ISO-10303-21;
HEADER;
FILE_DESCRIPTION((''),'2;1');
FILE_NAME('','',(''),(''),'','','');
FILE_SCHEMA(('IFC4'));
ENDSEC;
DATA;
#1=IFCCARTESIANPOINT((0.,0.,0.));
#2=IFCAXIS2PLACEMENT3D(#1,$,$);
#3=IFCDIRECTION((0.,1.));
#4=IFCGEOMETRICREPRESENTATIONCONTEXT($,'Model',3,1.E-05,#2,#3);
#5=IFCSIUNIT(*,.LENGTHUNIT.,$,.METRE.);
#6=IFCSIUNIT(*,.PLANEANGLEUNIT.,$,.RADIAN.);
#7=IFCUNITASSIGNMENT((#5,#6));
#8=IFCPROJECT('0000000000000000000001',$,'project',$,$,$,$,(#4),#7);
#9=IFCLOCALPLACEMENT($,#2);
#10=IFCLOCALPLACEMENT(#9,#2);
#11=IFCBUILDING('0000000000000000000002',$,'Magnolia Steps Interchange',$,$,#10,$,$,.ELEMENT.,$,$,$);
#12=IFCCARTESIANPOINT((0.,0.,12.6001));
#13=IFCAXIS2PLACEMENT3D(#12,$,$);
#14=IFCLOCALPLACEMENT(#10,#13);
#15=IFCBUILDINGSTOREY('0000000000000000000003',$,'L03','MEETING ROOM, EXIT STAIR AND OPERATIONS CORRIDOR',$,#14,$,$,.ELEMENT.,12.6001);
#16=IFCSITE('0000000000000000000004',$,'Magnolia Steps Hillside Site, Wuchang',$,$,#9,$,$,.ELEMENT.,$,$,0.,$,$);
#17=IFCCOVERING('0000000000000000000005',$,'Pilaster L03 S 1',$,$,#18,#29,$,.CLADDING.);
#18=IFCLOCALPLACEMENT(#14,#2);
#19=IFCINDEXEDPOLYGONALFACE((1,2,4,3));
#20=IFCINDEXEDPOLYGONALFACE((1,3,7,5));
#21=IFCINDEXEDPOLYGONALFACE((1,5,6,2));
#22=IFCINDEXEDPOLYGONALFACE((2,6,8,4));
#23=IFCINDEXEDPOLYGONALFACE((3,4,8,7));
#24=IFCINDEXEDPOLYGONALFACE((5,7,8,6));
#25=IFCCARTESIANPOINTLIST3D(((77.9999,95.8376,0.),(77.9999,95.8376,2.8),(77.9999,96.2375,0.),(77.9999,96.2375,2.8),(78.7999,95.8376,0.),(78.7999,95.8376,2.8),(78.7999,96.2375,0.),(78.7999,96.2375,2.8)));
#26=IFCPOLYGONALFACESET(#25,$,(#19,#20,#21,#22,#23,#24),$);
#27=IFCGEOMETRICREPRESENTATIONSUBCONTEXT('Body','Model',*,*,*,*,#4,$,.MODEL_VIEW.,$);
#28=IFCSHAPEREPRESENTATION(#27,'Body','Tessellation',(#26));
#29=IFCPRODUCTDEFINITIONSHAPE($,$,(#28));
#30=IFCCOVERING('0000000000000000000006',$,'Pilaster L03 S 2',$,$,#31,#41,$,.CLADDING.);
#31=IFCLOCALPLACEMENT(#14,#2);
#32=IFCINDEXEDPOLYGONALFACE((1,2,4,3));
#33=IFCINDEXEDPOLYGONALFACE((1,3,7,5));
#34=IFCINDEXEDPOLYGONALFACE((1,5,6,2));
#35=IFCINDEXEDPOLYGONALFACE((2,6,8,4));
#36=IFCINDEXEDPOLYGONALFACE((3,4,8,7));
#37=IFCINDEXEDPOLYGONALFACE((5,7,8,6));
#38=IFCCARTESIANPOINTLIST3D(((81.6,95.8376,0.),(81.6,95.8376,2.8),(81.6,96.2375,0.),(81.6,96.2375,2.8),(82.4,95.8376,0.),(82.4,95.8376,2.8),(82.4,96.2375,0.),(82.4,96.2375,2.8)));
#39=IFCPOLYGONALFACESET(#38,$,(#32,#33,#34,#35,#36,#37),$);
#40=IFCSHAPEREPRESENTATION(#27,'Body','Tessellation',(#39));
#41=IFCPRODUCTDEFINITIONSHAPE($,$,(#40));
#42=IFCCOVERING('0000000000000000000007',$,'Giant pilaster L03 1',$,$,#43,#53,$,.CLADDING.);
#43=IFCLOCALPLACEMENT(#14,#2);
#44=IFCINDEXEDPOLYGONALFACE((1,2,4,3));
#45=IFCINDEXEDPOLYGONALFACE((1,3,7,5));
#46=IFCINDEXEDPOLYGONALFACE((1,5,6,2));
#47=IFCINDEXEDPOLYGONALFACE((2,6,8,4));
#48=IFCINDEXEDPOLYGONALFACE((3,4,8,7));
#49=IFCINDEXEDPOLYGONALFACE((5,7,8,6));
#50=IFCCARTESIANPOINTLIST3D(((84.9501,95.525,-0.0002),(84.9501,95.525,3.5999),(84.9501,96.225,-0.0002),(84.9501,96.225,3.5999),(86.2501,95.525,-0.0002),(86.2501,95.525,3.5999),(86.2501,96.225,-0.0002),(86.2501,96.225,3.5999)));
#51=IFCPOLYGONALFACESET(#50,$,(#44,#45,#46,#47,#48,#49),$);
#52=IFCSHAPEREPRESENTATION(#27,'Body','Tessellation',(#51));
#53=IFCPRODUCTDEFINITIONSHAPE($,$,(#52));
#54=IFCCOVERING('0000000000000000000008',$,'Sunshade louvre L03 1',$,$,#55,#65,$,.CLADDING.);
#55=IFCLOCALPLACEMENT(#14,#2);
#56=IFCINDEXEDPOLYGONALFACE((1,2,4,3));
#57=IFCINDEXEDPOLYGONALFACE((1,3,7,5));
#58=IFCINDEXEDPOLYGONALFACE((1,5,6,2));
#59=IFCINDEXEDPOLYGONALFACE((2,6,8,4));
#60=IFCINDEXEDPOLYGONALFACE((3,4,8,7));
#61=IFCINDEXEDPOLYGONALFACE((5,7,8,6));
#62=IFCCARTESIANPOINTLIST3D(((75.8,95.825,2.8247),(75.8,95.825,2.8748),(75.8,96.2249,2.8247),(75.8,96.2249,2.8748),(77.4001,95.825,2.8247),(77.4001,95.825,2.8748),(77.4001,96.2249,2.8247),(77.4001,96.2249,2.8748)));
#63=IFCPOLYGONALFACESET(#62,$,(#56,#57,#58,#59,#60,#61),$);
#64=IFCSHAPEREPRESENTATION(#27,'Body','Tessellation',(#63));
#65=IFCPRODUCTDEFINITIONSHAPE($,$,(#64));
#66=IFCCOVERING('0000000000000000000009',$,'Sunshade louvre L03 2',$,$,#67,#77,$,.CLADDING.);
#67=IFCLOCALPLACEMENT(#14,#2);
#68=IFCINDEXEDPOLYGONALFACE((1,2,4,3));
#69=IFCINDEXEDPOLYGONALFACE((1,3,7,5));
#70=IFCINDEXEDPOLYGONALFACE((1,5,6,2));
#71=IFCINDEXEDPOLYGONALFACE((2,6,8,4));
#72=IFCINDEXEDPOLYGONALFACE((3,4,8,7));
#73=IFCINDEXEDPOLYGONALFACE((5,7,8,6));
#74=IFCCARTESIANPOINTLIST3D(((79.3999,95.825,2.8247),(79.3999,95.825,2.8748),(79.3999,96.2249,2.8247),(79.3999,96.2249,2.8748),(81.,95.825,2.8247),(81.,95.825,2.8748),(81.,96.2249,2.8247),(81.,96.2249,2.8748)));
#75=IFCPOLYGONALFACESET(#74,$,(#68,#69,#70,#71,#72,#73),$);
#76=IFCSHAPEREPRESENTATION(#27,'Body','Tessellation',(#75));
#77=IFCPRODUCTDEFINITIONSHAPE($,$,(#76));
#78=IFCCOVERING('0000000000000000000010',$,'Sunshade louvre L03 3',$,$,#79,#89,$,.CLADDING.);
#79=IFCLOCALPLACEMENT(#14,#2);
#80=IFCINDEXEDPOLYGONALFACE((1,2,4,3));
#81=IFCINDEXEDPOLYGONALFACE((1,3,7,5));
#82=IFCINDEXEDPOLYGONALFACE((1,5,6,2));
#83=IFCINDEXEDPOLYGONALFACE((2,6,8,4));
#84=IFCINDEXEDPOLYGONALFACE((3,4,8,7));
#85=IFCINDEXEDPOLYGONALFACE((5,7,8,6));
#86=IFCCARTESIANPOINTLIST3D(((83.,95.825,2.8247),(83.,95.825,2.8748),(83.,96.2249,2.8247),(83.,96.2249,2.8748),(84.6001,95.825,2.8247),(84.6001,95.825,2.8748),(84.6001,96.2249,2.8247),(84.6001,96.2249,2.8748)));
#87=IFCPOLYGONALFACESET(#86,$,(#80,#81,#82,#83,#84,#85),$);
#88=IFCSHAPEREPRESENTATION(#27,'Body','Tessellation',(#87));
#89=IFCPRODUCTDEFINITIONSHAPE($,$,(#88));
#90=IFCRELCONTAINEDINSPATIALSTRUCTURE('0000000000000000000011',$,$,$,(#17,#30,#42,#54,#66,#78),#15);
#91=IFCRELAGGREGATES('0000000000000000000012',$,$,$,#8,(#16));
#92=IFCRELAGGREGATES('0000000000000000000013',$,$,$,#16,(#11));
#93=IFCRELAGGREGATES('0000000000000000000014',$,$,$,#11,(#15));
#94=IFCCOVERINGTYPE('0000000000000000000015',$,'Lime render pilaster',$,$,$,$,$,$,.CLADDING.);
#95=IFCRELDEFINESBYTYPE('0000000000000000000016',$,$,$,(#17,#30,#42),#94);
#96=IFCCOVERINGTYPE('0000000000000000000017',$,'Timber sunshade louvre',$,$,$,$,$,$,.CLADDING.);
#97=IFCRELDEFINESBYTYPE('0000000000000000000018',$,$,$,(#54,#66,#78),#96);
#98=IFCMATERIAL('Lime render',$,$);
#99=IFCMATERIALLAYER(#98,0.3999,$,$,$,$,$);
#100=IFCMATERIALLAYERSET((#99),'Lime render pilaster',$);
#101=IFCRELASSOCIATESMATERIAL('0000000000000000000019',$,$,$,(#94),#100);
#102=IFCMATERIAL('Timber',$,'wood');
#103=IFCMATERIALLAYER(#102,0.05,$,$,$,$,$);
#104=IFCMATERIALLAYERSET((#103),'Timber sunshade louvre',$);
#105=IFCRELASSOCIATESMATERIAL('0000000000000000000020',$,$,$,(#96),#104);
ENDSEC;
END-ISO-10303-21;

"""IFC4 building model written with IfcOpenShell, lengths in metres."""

from ifc_helpers import new_model, si_unit, direction, frame, origin, origin_2d, place, context, subcontext, project, spatial, rectangle, extrude, material, layer, layer_set, type_object, element, save


model = new_model("IFC4")

# Units and contexts
model_context = context("Model", 3, precision=1e-05, world=origin(), true_north=direction((0.0, 1.0)))
body_context = subcontext(model_context, "Body", "Model", "MODEL_VIEW")
ifc_project = project(units=[si_unit("LENGTHUNIT", "METRE"), si_unit("PLANEANGLEUNIT", "RADIAN")], contexts=[model_context])

# Site, building, storey
site_placement = place(None, origin())
site = spatial("IfcSite", under=ifc_project, at=site_placement, Name="Magnolia Steps Hillside Site, Wuchang", CompositionType="ELEMENT", RefElevation=0.0)
building_placement = place(site_placement, origin())
building = spatial("IfcBuilding", under=site, at=building_placement, Name="Magnolia Steps Interchange", CompositionType="ELEMENT")
storey_placement = place(building_placement, frame((0.0, 0.0, 12.6001)))
storey = spatial("IfcBuildingStorey", under=building, at=storey_placement, Name="L03", Description="MEETING ROOM, EXIT STAIR AND OPERATIONS CORRIDOR", CompositionType="ELEMENT", Elevation=12.6001)

# Coverings
ifc_material_1 = material(Name="Lime render")
ifc_layer_1 = layer(ifc_material_1, 0.3999)
ifc_layer_set_1 = layer_set([ifc_layer_1], Name="Lime render pilaster")
covering_type_1 = type_object("IfcCoveringType", Name="Lime render pilaster", PredefinedType="CLADDING", material=ifc_layer_set_1)
for number, where, z_axis, x_axis, name in (
    (1, (78.3999, 96.0376, 0.0), (0.0, 0.0, 1.0), (1.0, 0.0, 0.0), "Pilaster L03 S 1"),
    (2, (82.0, 96.0376, 0.0), (0.0, 0.0, 1.0), (1.0, 0.0, 0.0), "Pilaster L03 S 2"),
):
    element("IfcCovering", number, at=place(storey_placement, frame(where, z_axis=z_axis, x_axis=x_axis)), inside=storey, type_object=covering_type_1, Name=name, PredefinedType="CLADDING", context=body_context, shape_type="SweptSolid", body=[
        extrude(rectangle(XDim=0.8, YDim=0.3999, at=origin_2d()), origin(), (0.0, 0.0, 1.0), 2.8),
    ])
covering_1_placement = place(storey_placement, frame((85.6001, 95.875, -0.0002), z_axis=(0.0, 0.0, 1.0), x_axis=(1.0, 0.0, 0.0)))
element("IfcCovering", 3, at=covering_1_placement, inside=storey, type_object=covering_type_1, Name="Giant pilaster L03 1", PredefinedType="CLADDING", context=body_context, shape_type="SweptSolid", body=[
    extrude(rectangle(XDim=1.3, YDim=0.7, at=origin_2d()), origin(), (0.0, 0.0, 1.0), 3.6001),
])
ifc_material_2 = material(Name="Timber", Category="wood")
ifc_layer_2 = layer(ifc_material_2, 0.05)
ifc_layer_set_2 = layer_set([ifc_layer_2], Name="Timber sunshade louvre")
covering_type_2 = type_object("IfcCoveringType", Name="Timber sunshade louvre", PredefinedType="CLADDING", material=ifc_layer_set_2)
for number, where, z_axis, x_axis, name in (
    (4, (76.6001, 96.0249, 2.8247), (0.0, 0.0, 1.0), (1.0, 0.0, 0.0), "Sunshade louvre L03 1"),
    (5, (80.2, 96.0249, 2.8247), (0.0, 0.0, 1.0), (1.0, 0.0, 0.0), "Sunshade louvre L03 2"),
    (6, (83.8, 96.0249, 2.8247), (0.0, 0.0, 1.0), (1.0, 0.0, 0.0), "Sunshade louvre L03 3"),
):
    element("IfcCovering", number, at=place(storey_placement, frame(where, z_axis=z_axis, x_axis=x_axis)), inside=storey, type_object=covering_type_2, Name=name, PredefinedType="CLADDING", context=body_context, shape_type="SweptSolid", body=[
        extrude(rectangle(XDim=1.6001, YDim=0.3999, at=origin_2d()), origin(), (0.0, 0.0, 1.0), 0.05),
    ])

save(model, "model.ifc")
